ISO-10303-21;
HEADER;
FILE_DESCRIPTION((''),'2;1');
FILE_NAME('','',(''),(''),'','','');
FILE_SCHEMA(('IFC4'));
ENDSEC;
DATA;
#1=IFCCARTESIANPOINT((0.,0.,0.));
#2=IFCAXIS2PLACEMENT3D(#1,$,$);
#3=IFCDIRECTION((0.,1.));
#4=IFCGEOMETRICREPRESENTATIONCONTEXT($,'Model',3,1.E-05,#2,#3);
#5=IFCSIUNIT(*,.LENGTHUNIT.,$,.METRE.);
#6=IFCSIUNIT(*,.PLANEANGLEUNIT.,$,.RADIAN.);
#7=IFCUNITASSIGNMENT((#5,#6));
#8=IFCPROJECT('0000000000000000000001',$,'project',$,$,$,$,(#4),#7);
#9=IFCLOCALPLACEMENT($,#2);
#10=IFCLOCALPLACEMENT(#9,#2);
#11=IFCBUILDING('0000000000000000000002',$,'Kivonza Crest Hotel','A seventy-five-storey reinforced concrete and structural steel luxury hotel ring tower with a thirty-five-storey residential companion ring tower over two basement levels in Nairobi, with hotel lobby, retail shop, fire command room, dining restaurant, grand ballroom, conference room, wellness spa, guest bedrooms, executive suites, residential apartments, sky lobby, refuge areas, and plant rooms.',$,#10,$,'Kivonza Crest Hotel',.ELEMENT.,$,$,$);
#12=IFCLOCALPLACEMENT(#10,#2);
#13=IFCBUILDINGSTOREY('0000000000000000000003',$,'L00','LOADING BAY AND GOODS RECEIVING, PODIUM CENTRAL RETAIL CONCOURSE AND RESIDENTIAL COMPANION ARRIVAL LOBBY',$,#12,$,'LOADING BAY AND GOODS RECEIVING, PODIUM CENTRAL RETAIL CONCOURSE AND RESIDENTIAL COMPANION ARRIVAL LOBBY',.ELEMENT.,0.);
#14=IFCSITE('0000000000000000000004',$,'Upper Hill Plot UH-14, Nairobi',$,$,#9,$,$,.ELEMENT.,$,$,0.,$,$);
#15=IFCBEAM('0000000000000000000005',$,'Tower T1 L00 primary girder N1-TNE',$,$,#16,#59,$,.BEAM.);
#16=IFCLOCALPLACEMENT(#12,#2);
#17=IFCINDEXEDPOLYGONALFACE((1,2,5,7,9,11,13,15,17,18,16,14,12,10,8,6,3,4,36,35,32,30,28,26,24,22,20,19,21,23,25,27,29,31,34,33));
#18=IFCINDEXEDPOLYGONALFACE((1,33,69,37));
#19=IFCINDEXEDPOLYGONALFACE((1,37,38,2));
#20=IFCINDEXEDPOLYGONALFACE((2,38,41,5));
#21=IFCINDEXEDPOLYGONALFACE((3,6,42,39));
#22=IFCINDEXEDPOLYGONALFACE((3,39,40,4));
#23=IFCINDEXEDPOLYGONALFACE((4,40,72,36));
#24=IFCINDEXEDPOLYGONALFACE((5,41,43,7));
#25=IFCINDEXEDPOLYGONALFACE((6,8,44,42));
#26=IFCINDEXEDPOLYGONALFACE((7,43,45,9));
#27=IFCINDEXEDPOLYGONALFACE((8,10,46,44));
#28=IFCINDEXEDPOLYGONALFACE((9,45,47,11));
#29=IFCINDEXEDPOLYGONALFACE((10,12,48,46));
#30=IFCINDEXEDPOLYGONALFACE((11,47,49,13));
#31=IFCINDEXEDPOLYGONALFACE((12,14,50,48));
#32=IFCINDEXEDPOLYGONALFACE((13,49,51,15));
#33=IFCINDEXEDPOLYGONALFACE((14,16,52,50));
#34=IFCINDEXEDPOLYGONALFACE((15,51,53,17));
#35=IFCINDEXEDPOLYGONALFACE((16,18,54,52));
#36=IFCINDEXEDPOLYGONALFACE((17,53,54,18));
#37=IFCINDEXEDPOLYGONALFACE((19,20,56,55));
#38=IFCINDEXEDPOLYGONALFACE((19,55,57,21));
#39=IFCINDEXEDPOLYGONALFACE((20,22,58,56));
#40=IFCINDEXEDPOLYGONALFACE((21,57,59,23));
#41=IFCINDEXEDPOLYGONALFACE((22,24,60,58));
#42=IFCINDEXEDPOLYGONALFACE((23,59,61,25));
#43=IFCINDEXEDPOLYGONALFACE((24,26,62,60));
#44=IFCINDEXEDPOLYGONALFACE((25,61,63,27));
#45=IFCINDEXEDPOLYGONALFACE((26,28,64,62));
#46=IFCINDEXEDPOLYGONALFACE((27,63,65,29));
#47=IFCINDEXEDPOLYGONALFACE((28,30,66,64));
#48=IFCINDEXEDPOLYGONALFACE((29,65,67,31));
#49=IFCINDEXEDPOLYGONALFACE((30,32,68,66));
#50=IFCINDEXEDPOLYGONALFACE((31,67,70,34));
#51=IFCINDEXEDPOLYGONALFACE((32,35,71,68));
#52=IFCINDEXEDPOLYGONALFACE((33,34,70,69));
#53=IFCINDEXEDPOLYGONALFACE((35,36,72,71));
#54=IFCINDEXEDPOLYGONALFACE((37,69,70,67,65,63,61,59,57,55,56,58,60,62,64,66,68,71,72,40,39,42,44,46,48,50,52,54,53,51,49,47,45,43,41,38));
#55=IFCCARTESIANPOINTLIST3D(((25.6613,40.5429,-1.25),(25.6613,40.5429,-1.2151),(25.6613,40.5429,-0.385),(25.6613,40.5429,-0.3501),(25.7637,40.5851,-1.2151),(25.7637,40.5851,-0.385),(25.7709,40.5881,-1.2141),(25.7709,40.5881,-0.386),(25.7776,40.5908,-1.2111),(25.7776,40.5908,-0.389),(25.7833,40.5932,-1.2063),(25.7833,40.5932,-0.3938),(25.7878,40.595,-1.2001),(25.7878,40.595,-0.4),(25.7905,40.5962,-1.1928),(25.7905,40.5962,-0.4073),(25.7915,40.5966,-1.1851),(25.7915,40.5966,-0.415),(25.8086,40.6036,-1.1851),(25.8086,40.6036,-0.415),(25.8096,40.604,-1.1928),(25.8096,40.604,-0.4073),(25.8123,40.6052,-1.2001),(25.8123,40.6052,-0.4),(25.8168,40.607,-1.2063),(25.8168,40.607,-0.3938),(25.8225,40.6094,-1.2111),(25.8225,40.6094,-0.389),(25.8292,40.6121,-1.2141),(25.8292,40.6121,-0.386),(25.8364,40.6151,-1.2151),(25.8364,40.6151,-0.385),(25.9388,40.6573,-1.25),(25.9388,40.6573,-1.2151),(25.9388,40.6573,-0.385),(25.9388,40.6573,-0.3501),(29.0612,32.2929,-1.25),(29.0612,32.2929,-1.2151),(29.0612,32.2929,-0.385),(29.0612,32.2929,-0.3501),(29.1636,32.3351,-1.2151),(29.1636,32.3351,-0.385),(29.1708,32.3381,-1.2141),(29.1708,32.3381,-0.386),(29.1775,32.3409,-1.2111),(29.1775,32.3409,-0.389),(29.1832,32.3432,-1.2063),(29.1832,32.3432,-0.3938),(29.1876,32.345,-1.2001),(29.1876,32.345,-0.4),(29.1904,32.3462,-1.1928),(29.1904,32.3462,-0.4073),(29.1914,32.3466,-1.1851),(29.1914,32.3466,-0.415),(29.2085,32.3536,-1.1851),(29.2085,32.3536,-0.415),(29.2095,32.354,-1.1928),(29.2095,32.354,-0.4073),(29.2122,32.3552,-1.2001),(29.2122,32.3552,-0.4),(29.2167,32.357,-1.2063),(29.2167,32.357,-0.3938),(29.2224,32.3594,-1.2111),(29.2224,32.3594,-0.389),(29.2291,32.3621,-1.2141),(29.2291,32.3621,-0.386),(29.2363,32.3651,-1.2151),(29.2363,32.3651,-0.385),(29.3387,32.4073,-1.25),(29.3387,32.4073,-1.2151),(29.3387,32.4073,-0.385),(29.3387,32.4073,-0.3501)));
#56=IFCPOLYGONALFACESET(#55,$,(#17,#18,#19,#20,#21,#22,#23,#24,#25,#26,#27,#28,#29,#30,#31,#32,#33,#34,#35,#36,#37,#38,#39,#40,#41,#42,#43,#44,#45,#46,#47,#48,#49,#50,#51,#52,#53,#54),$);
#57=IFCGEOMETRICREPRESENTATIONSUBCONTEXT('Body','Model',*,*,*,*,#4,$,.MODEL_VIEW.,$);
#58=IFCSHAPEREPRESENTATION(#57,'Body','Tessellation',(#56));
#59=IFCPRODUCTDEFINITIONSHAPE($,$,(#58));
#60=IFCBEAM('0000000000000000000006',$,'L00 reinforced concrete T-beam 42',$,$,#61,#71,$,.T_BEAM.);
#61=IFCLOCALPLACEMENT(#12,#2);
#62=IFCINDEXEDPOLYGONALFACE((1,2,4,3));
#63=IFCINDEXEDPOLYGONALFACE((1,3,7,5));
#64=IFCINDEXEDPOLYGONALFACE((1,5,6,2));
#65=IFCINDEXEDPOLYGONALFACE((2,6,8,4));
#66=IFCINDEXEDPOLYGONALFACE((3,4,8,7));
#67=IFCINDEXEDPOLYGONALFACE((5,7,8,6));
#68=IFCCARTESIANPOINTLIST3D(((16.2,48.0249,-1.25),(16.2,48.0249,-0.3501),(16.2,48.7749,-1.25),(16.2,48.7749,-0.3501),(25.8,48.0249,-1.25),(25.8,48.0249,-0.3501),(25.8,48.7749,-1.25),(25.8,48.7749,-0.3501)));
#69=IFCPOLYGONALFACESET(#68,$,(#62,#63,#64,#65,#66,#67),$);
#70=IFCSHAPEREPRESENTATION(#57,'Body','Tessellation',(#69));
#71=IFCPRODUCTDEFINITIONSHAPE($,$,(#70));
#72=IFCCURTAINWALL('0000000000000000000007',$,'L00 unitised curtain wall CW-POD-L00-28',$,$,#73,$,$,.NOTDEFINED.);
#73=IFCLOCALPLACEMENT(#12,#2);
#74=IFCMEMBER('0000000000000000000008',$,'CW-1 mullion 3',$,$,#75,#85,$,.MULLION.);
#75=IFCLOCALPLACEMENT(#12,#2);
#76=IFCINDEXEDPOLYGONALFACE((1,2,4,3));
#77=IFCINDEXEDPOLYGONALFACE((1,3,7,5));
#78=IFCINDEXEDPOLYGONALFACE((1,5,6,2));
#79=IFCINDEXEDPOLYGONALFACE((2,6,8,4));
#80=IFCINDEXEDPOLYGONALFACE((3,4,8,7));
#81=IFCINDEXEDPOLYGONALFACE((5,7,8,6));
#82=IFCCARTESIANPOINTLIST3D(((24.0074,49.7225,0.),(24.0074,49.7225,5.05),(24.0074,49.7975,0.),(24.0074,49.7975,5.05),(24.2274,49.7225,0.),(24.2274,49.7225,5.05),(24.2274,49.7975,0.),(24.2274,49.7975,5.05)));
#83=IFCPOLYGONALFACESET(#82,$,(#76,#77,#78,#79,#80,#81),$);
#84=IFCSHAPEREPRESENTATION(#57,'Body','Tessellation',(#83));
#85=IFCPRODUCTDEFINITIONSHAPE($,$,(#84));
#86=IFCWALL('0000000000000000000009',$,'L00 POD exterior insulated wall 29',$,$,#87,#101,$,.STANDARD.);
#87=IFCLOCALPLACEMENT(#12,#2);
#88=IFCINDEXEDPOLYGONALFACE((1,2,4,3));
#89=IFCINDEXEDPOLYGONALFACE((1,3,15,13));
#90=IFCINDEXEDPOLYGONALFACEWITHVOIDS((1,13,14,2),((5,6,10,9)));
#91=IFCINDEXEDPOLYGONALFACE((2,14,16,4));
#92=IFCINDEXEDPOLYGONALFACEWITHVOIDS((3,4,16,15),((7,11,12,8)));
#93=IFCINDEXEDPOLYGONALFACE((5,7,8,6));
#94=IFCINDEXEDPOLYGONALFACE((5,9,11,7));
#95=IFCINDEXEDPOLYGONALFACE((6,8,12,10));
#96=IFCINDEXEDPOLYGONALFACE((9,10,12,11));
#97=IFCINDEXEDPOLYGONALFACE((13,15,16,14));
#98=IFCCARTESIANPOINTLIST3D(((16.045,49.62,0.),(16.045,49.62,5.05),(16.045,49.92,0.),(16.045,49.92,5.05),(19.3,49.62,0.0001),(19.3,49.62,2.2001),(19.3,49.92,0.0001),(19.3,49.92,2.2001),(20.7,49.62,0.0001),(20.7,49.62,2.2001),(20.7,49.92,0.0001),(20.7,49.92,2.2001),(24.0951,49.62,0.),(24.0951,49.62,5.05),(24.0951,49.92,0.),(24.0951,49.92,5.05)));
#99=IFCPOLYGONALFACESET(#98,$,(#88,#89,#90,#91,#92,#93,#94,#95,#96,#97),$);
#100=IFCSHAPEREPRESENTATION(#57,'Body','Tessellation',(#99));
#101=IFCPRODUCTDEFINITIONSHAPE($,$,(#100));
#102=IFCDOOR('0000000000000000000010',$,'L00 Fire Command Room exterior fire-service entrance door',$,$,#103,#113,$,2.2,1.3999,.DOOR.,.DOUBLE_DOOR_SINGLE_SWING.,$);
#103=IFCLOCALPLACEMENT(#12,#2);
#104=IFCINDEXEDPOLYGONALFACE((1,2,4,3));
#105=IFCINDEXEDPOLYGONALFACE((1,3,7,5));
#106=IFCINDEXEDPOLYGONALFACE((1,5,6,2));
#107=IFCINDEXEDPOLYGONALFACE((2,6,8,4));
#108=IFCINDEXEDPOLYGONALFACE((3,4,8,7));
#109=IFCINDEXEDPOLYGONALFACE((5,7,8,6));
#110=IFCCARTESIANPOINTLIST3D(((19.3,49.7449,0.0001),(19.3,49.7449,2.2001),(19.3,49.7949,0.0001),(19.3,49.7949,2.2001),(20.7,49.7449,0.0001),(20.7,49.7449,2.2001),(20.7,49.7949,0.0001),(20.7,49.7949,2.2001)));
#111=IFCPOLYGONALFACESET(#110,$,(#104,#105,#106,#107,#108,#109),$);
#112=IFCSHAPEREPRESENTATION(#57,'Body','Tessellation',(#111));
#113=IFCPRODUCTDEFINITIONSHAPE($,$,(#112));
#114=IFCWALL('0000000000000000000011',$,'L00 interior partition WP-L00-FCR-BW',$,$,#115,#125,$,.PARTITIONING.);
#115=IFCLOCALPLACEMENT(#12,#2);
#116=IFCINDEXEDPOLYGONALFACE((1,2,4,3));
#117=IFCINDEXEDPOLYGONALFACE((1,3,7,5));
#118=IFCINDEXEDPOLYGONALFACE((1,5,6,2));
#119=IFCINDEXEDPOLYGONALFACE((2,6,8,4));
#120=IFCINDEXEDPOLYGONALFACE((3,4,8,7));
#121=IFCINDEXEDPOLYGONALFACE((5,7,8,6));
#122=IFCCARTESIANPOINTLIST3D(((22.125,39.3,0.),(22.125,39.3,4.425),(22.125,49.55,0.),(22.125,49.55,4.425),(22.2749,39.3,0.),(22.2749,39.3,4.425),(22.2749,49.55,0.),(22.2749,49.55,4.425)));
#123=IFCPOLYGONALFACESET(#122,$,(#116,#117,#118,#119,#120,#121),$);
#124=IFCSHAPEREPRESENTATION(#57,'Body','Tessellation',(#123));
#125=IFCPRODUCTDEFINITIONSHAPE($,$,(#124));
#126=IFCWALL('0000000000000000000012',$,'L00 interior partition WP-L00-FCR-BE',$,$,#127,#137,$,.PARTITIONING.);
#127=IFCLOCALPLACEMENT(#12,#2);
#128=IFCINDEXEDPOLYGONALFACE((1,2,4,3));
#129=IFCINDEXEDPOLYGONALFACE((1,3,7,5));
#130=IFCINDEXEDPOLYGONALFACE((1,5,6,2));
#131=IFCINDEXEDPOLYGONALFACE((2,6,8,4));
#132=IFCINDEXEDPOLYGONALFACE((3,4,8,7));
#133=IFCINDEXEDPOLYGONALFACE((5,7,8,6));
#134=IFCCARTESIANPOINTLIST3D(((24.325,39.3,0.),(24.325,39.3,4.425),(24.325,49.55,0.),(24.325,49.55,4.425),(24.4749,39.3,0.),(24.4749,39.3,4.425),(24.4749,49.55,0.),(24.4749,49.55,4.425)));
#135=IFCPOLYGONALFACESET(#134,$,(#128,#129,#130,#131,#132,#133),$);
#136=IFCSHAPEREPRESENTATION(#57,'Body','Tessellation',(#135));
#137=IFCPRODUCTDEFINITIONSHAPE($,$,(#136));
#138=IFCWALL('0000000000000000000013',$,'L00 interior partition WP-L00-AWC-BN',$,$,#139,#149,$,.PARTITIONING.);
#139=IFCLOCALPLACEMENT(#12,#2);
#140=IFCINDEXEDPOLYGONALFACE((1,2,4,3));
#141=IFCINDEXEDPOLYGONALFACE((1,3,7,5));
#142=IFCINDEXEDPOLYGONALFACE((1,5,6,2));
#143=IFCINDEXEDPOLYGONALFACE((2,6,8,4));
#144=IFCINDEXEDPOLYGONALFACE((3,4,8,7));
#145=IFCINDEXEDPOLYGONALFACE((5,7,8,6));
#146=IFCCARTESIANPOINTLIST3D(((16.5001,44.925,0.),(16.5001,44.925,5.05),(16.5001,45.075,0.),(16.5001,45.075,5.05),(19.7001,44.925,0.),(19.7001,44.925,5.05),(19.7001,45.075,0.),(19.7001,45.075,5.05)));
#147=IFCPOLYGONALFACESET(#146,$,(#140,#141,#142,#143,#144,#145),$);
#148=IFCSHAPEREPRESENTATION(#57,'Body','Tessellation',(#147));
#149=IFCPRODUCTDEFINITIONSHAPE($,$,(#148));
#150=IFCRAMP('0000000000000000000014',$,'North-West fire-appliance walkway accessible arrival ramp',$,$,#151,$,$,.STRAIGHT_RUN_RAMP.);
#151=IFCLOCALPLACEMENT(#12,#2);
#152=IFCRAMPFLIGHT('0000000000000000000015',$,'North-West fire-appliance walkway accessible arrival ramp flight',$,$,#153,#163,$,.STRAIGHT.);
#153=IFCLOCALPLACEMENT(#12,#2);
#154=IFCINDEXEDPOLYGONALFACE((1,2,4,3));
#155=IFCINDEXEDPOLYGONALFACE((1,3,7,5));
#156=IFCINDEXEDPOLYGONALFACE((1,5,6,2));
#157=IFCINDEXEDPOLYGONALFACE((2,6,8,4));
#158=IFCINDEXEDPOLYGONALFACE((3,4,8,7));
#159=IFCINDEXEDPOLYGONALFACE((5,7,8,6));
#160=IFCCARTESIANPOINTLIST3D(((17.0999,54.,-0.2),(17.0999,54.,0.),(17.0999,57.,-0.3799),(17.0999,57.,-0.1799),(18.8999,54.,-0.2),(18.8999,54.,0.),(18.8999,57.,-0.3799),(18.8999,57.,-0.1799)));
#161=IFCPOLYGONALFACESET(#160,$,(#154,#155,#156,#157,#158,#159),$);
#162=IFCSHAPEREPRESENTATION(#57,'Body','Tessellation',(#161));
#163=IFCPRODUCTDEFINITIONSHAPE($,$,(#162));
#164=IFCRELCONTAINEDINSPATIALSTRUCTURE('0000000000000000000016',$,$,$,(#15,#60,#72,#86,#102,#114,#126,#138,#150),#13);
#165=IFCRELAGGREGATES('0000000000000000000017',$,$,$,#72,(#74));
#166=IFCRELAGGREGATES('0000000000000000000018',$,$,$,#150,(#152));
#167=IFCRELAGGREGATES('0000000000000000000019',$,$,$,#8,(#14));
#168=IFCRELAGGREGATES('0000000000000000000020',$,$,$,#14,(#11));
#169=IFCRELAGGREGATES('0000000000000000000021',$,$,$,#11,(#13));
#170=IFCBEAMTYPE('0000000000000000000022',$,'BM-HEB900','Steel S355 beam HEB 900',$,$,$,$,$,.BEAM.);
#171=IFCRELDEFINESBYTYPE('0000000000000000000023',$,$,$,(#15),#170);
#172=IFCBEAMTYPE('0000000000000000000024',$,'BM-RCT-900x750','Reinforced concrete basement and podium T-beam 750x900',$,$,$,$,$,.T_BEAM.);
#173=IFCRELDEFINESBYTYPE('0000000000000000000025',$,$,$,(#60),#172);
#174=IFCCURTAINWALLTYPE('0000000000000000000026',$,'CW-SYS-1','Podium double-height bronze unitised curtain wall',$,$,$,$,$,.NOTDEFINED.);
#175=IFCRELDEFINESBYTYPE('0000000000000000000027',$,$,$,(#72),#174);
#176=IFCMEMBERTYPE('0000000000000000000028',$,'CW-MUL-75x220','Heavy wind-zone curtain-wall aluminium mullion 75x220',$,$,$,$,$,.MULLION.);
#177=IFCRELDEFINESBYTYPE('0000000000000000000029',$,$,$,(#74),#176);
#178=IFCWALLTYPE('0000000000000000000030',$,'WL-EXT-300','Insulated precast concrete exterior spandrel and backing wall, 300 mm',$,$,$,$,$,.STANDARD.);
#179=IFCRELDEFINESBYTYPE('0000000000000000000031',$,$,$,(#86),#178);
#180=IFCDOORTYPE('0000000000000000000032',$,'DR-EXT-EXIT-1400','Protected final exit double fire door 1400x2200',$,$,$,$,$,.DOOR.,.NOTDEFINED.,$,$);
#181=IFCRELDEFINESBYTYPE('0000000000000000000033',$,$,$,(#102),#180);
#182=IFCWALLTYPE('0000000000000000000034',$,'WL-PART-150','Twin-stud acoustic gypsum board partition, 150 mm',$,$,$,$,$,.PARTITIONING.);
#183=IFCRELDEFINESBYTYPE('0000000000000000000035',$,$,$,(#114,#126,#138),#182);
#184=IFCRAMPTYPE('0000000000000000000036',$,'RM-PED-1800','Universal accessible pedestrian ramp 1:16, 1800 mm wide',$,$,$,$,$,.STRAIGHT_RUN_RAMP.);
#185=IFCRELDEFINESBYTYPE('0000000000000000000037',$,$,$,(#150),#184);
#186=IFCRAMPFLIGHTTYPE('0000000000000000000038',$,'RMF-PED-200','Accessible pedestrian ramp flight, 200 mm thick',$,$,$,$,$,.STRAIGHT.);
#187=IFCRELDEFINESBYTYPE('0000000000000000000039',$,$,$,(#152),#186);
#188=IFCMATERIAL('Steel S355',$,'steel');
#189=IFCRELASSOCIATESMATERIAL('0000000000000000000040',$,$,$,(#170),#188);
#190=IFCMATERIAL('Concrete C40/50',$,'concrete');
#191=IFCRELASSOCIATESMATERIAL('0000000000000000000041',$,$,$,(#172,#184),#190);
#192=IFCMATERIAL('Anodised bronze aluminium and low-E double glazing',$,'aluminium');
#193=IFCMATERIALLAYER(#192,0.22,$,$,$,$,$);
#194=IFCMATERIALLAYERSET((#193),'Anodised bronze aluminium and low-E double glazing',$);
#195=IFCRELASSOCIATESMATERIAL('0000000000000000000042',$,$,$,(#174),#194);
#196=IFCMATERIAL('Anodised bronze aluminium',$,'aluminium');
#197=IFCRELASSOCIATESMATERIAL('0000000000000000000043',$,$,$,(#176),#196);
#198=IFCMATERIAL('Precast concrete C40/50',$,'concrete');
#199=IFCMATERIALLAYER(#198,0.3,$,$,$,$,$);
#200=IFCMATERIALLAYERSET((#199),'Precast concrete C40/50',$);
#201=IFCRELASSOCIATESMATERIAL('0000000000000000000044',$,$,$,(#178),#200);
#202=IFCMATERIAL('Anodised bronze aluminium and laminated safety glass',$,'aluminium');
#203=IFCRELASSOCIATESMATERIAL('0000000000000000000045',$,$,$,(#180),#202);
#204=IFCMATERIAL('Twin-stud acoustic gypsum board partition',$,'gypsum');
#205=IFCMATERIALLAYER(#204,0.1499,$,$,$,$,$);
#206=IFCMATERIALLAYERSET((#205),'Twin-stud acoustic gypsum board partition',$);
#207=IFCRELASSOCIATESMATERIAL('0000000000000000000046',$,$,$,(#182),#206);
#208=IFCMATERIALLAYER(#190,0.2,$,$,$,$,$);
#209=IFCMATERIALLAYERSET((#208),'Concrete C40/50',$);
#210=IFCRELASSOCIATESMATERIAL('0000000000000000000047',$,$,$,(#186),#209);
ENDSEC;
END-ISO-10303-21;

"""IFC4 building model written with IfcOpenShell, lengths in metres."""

from ifc_helpers import new_model, si_unit, direction, frame, frame_2d, origin, origin_2d, place, context, subcontext, project, spatial, polyline, rectangle, i_section, outline, extrude, material, layer, layer_set, material_profile, profile_set, type_object, element, fill, aggregate, save


model = new_model("IFC4")

# Units and contexts
model_context = context("Model", 3, precision=1e-05, world=origin(), true_north=direction((0.0, 1.0)))
body_context = subcontext(model_context, "Body", "Model", "MODEL_VIEW")
ifc_project = project(units=[si_unit("LENGTHUNIT", "METRE"), si_unit("PLANEANGLEUNIT", "RADIAN")], contexts=[model_context])

# Site, building, storey
site_placement = place(None, origin())
site = spatial("IfcSite", under=ifc_project, at=site_placement, Name="Upper Hill Plot UH-14, Nairobi", CompositionType="ELEMENT", RefElevation=0.0)
building_placement = place(site_placement, origin())
building = spatial("IfcBuilding", under=site, at=building_placement, Name="Kivonza Crest Hotel", Description="A seventy-five-storey reinforced concrete and structural steel luxury hotel ring tower with a thirty-five-storey residential companion ring tower over two basement levels in Nairobi, with hotel lobby, retail shop, fire command room, dining restaurant, grand ballroom, conference room, wellness spa, guest bedrooms, executive suites, residential apartments, sky lobby, refuge areas, and plant rooms.", LongName="Kivonza Crest Hotel", CompositionType="ELEMENT")
storey_placement = place(building_placement, origin())
storey = spatial("IfcBuildingStorey", under=building, at=storey_placement, Name="L00", Description="LOADING BAY AND GOODS RECEIVING, PODIUM CENTRAL RETAIL CONCOURSE AND RESIDENTIAL COMPANION ARRIVAL LOBBY", LongName="LOADING BAY AND GOODS RECEIVING, PODIUM CENTRAL RETAIL CONCOURSE AND RESIDENTIAL COMPANION ARRIVAL LOBBY", CompositionType="ELEMENT", Elevation=0.0)

# Beams
ifc_material_1 = material(Name="Steel S355", Category="steel")
ifc_material_profile_1 = material_profile(ifc_material_1, i_section(OverallWidth=0.3, OverallDepth=0.8999, WebThickness=0.0186, FlangeThickness=0.0349, FilletRadius=0.03, at=origin_2d()), Name="HEB 900")
ifc_profile_set_1 = profile_set([ifc_material_profile_1], Name="Steel S355")
beam_type_1 = type_object("IfcBeamType", Name="BM-HEB900", Description="Steel S355 beam HEB 900", PredefinedType="BEAM", material=ifc_profile_set_1)
beam_1_placement = place(storey_placement, frame((25.8, 40.6001, -0.8), z_axis=(0.381022, -0.924566, 0.0), x_axis=(0.924566, 0.381022, 0.0)))
element("IfcBeam", 1, at=beam_1_placement, inside=storey, type_object=beam_type_1, Name="Tower T1 L00 primary girder N1-TNE", PredefinedType="BEAM", context=body_context, shape_type="SweptSolid", body=[
    extrude(i_section(OverallWidth=0.3, OverallDepth=0.8999, WebThickness=0.0186, FlangeThickness=0.0349, FilletRadius=0.03, at=origin_2d()), origin(), (0.0, 0.0, 1.0), 8.9231),
])
ifc_material_2 = material(Name="Concrete C40/50", Category="concrete")
ifc_material_profile_2 = material_profile(ifc_material_2, rectangle(XDim=0.75, YDim=0.8999, at=origin_2d()), Name="RC 900x750")
ifc_profile_set_2 = profile_set([ifc_material_profile_2], Name="Concrete C40/50")
beam_type_2 = type_object("IfcBeamType", Name="BM-RCT-900x750", Description="Reinforced concrete basement and podium T-beam 750x900", PredefinedType="T_BEAM", material=ifc_profile_set_2)
beam_2_placement = place(storey_placement, frame((16.2, 48.3999, -0.8), z_axis=(1.0, 0.0, 0.0), x_axis=(0.0, 1.0, 0.0)))
element("IfcBeam", 2, at=beam_2_placement, inside=storey, type_object=beam_type_2, Name="L00 reinforced concrete T-beam 42", PredefinedType="T_BEAM", context=body_context, shape_type="SweptSolid", body=[
    extrude(rectangle(XDim=0.75, YDim=0.8999, at=origin_2d()), origin(), (0.0, 0.0, 1.0), 9.6001),
])

# Curtain wall, member
ifc_material_3 = material(Name="Anodised bronze aluminium and low-E double glazing", Category="aluminium")
ifc_layer_1 = layer(ifc_material_3, 0.22)
ifc_layer_set_1 = layer_set([ifc_layer_1], Name="Anodised bronze aluminium and low-E double glazing")
curtain_wall_type = type_object("IfcCurtainWallType", Name="CW-SYS-1", Description="Podium double-height bronze unitised curtain wall", PredefinedType="NOTDEFINED", material=ifc_layer_set_1)
curtain_wall_placement = place(storey_placement, origin())
curtain_wall = element("IfcCurtainWall", 3, at=curtain_wall_placement, inside=storey, type_object=curtain_wall_type, Name="L00 unitised curtain wall CW-POD-L00-28", PredefinedType="NOTDEFINED")
ifc_material_4 = material(Name="Anodised bronze aluminium", Category="aluminium")
ifc_material_profile_3 = material_profile(ifc_material_4, rectangle(XDim=0.075, YDim=0.22, at=origin_2d()), Name="CW-M 75x220")
ifc_profile_set_3 = profile_set([ifc_material_profile_3], Name="Anodised bronze aluminium")
member_type = type_object("IfcMemberType", Name="CW-MUL-75x220", Description="Heavy wind-zone curtain-wall aluminium mullion 75x220", PredefinedType="MULLION", material=ifc_profile_set_3)
member_placement = place(storey_placement, frame((24.1174, 49.76, 0.0), z_axis=(0.0, 0.0, 1.0), x_axis=(0.0, -1.0, 0.0)))
member = element("IfcMember", 4, at=member_placement, type_object=member_type, Name="CW-1 mullion 3", PredefinedType="MULLION", context=body_context, shape_type="SweptSolid", body=[
    extrude(rectangle(XDim=0.075, YDim=0.22, at=origin_2d()), origin(), (0.0, 0.0, 1.0), 5.05),
])
aggregate(curtain_wall, [member])

# Wall, opening, door
ifc_material_5 = material(Name="Precast concrete C40/50", Category="concrete")
ifc_layer_2 = layer(ifc_material_5, 0.3)
ifc_layer_set_2 = layer_set([ifc_layer_2], Name="Precast concrete C40/50")
wall_type_1 = type_object("IfcWallType", Name="WL-EXT-300", Description="Insulated precast concrete exterior spandrel and backing wall, 300 mm", PredefinedType="STANDARD", material=ifc_layer_set_2)
wall_1_placement = place(storey_placement, frame((24.095, 49.77, 0.0), z_axis=(0.0, 0.0, 1.0), x_axis=(-1.0, 0.0, 0.0)))
wall_1 = element("IfcWall", 5, at=wall_1_placement, inside=storey, type_object=wall_type_1, Name="L00 POD exterior insulated wall 29", PredefinedType="STANDARD", context=body_context, shape_type="SweptSolid", body=[
    extrude(rectangle(XDim=8.05, YDim=0.3, at=frame_2d((4.0249, 0.0))), origin(), (0.0, 0.0, 1.0), 5.05),
])
opening_placement = place(wall_1_placement, frame((3.395, 0.0, 0.0)))
opening = element("IfcOpeningElement", 6, at=opening_placement, cuts=wall_1, PredefinedType="OPENING", context=body_context, shape_type="SweptSolid", body=[
    extrude(rectangle(XDim=1.3999, YDim=2.2, at=frame_2d((0.7, 1.1001))), frame((0.0, 0.1602, 0.0), z_axis=(0.0, -1.0, 0.0), x_axis=(1.0, 0.0, 0.0)), (0.0, 0.0, 1.0), 0.3201),
])
ifc_material_6 = material(Name="Anodised bronze aluminium and laminated safety glass", Category="aluminium")
door_type = type_object("IfcDoorType", Name="DR-EXT-EXIT-1400", Description="Protected final exit double fire door 1400x2200", OperationType="NOTDEFINED", PredefinedType="DOOR", material=ifc_material_6)
door_placement = place(opening_placement, frame((1.3999, 0.0, 0.0), z_axis=(0.0, 0.0, 1.0), x_axis=(-1.0, 0.0, 0.0)))
door = element("IfcDoor", 7, at=door_placement, inside=storey, type_object=door_type, Name="L00 Fire Command Room exterior fire-service entrance door", OperationType="DOUBLE_DOOR_SINGLE_SWING", OverallHeight=2.2, OverallWidth=1.3999, PredefinedType="DOOR", context=body_context, shape_type="SweptSolid", body=[
    extrude(rectangle(XDim=1.3999, YDim=2.2, at=frame_2d((0.7, 1.1001))), frame((0.0, 0.0249, 0.0), z_axis=(0.0, -1.0, 0.0), x_axis=(1.0, 0.0, 0.0)), (0.0, 0.0, 1.0), 0.05),
])
fill(opening, door)

# Walls
ifc_material_7 = material(Name="Twin-stud acoustic gypsum board partition", Category="gypsum")
ifc_layer_3 = layer(ifc_material_7, 0.1499)
ifc_layer_set_3 = layer_set([ifc_layer_3], Name="Twin-stud acoustic gypsum board partition")
wall_type_2 = type_object("IfcWallType", Name="WL-PART-150", Description="Twin-stud acoustic gypsum board partition, 150 mm", PredefinedType="PARTITIONING", material=ifc_layer_set_3)
for number, where, z_axis, x_axis, name in (
    (8, (22.2, 39.3, 0.0), (0.0, 0.0, 1.0), (0.0, 1.0, 0.0), "L00 interior partition WP-L00-FCR-BW"),
    (9, (24.3999, 39.3, 0.0), (0.0, 0.0, 1.0), (0.0, 1.0, 0.0), "L00 interior partition WP-L00-FCR-BE"),
):
    element("IfcWall", number, at=place(storey_placement, frame(where, z_axis=z_axis, x_axis=x_axis)), inside=storey, type_object=wall_type_2, Name=name, PredefinedType="PARTITIONING", context=body_context, shape_type="SweptSolid", body=[
        extrude(rectangle(XDim=10.25, YDim=0.1499, at=frame_2d((5.125, 0.0))), origin(), (0.0, 0.0, 1.0), 4.425),
    ])
wall_2_placement = place(storey_placement, frame((16.5, 45.0, 0.0), z_axis=(0.0, 0.0, 1.0), x_axis=(1.0, 0.0, 0.0)))
element("IfcWall", 10, at=wall_2_placement, inside=storey, type_object=wall_type_2, Name="L00 interior partition WP-L00-AWC-BN", PredefinedType="PARTITIONING", context=body_context, shape_type="SweptSolid", body=[
    extrude(rectangle(XDim=3.2, YDim=0.1499, at=frame_2d((1.6001, 0.0))), origin(), (0.0, 0.0, 1.0), 5.05),
])

# Ramp, ramp flight
ramp_type = type_object("IfcRampType", Name="RM-PED-1800", Description="Universal accessible pedestrian ramp 1:16, 1800 mm wide", PredefinedType="STRAIGHT_RUN_RAMP", material=ifc_material_2)
ramp_placement = place(storey_placement, origin())
ramp = element("IfcRamp", 11, at=ramp_placement, inside=storey, type_object=ramp_type, Name="North-West fire-appliance walkway accessible arrival ramp", PredefinedType="STRAIGHT_RUN_RAMP")
ifc_layer_4 = layer(ifc_material_2, 0.2)
ifc_layer_set_4 = layer_set([ifc_layer_4], Name="Concrete C40/50")
ramp_flight_type = type_object("IfcRampFlightType", Name="RMF-PED-200", Description="Accessible pedestrian ramp flight, 200 mm thick", PredefinedType="STRAIGHT", material=ifc_layer_set_4)
ramp_flight_placement = place(storey_placement, frame((18.0, 57.0, -0.1799), z_axis=(0.0, 0.0, 1.0), x_axis=(0.0, -1.0, 0.0)))
ramp_flight = element("IfcRampFlight", 12, at=ramp_flight_placement, type_object=ramp_flight_type, Name="North-West fire-appliance walkway accessible arrival ramp flight", PredefinedType="STRAIGHT", context=body_context, shape_type="SweptSolid", body=[
    extrude(outline(polyline([(0.0, 0.0), (3.0, 0.1799), (3.0, -0.02), (0.0, -0.2), (0.0, 0.0)])), frame((0.0, 0.8999, 0.0), z_axis=(0.0, -1.0, 0.0), x_axis=(1.0, 0.0, 0.0)), (0.0, 0.0, 1.0), 1.8),
])
aggregate(ramp, [ramp_flight])

save(model, "model.ifc")
